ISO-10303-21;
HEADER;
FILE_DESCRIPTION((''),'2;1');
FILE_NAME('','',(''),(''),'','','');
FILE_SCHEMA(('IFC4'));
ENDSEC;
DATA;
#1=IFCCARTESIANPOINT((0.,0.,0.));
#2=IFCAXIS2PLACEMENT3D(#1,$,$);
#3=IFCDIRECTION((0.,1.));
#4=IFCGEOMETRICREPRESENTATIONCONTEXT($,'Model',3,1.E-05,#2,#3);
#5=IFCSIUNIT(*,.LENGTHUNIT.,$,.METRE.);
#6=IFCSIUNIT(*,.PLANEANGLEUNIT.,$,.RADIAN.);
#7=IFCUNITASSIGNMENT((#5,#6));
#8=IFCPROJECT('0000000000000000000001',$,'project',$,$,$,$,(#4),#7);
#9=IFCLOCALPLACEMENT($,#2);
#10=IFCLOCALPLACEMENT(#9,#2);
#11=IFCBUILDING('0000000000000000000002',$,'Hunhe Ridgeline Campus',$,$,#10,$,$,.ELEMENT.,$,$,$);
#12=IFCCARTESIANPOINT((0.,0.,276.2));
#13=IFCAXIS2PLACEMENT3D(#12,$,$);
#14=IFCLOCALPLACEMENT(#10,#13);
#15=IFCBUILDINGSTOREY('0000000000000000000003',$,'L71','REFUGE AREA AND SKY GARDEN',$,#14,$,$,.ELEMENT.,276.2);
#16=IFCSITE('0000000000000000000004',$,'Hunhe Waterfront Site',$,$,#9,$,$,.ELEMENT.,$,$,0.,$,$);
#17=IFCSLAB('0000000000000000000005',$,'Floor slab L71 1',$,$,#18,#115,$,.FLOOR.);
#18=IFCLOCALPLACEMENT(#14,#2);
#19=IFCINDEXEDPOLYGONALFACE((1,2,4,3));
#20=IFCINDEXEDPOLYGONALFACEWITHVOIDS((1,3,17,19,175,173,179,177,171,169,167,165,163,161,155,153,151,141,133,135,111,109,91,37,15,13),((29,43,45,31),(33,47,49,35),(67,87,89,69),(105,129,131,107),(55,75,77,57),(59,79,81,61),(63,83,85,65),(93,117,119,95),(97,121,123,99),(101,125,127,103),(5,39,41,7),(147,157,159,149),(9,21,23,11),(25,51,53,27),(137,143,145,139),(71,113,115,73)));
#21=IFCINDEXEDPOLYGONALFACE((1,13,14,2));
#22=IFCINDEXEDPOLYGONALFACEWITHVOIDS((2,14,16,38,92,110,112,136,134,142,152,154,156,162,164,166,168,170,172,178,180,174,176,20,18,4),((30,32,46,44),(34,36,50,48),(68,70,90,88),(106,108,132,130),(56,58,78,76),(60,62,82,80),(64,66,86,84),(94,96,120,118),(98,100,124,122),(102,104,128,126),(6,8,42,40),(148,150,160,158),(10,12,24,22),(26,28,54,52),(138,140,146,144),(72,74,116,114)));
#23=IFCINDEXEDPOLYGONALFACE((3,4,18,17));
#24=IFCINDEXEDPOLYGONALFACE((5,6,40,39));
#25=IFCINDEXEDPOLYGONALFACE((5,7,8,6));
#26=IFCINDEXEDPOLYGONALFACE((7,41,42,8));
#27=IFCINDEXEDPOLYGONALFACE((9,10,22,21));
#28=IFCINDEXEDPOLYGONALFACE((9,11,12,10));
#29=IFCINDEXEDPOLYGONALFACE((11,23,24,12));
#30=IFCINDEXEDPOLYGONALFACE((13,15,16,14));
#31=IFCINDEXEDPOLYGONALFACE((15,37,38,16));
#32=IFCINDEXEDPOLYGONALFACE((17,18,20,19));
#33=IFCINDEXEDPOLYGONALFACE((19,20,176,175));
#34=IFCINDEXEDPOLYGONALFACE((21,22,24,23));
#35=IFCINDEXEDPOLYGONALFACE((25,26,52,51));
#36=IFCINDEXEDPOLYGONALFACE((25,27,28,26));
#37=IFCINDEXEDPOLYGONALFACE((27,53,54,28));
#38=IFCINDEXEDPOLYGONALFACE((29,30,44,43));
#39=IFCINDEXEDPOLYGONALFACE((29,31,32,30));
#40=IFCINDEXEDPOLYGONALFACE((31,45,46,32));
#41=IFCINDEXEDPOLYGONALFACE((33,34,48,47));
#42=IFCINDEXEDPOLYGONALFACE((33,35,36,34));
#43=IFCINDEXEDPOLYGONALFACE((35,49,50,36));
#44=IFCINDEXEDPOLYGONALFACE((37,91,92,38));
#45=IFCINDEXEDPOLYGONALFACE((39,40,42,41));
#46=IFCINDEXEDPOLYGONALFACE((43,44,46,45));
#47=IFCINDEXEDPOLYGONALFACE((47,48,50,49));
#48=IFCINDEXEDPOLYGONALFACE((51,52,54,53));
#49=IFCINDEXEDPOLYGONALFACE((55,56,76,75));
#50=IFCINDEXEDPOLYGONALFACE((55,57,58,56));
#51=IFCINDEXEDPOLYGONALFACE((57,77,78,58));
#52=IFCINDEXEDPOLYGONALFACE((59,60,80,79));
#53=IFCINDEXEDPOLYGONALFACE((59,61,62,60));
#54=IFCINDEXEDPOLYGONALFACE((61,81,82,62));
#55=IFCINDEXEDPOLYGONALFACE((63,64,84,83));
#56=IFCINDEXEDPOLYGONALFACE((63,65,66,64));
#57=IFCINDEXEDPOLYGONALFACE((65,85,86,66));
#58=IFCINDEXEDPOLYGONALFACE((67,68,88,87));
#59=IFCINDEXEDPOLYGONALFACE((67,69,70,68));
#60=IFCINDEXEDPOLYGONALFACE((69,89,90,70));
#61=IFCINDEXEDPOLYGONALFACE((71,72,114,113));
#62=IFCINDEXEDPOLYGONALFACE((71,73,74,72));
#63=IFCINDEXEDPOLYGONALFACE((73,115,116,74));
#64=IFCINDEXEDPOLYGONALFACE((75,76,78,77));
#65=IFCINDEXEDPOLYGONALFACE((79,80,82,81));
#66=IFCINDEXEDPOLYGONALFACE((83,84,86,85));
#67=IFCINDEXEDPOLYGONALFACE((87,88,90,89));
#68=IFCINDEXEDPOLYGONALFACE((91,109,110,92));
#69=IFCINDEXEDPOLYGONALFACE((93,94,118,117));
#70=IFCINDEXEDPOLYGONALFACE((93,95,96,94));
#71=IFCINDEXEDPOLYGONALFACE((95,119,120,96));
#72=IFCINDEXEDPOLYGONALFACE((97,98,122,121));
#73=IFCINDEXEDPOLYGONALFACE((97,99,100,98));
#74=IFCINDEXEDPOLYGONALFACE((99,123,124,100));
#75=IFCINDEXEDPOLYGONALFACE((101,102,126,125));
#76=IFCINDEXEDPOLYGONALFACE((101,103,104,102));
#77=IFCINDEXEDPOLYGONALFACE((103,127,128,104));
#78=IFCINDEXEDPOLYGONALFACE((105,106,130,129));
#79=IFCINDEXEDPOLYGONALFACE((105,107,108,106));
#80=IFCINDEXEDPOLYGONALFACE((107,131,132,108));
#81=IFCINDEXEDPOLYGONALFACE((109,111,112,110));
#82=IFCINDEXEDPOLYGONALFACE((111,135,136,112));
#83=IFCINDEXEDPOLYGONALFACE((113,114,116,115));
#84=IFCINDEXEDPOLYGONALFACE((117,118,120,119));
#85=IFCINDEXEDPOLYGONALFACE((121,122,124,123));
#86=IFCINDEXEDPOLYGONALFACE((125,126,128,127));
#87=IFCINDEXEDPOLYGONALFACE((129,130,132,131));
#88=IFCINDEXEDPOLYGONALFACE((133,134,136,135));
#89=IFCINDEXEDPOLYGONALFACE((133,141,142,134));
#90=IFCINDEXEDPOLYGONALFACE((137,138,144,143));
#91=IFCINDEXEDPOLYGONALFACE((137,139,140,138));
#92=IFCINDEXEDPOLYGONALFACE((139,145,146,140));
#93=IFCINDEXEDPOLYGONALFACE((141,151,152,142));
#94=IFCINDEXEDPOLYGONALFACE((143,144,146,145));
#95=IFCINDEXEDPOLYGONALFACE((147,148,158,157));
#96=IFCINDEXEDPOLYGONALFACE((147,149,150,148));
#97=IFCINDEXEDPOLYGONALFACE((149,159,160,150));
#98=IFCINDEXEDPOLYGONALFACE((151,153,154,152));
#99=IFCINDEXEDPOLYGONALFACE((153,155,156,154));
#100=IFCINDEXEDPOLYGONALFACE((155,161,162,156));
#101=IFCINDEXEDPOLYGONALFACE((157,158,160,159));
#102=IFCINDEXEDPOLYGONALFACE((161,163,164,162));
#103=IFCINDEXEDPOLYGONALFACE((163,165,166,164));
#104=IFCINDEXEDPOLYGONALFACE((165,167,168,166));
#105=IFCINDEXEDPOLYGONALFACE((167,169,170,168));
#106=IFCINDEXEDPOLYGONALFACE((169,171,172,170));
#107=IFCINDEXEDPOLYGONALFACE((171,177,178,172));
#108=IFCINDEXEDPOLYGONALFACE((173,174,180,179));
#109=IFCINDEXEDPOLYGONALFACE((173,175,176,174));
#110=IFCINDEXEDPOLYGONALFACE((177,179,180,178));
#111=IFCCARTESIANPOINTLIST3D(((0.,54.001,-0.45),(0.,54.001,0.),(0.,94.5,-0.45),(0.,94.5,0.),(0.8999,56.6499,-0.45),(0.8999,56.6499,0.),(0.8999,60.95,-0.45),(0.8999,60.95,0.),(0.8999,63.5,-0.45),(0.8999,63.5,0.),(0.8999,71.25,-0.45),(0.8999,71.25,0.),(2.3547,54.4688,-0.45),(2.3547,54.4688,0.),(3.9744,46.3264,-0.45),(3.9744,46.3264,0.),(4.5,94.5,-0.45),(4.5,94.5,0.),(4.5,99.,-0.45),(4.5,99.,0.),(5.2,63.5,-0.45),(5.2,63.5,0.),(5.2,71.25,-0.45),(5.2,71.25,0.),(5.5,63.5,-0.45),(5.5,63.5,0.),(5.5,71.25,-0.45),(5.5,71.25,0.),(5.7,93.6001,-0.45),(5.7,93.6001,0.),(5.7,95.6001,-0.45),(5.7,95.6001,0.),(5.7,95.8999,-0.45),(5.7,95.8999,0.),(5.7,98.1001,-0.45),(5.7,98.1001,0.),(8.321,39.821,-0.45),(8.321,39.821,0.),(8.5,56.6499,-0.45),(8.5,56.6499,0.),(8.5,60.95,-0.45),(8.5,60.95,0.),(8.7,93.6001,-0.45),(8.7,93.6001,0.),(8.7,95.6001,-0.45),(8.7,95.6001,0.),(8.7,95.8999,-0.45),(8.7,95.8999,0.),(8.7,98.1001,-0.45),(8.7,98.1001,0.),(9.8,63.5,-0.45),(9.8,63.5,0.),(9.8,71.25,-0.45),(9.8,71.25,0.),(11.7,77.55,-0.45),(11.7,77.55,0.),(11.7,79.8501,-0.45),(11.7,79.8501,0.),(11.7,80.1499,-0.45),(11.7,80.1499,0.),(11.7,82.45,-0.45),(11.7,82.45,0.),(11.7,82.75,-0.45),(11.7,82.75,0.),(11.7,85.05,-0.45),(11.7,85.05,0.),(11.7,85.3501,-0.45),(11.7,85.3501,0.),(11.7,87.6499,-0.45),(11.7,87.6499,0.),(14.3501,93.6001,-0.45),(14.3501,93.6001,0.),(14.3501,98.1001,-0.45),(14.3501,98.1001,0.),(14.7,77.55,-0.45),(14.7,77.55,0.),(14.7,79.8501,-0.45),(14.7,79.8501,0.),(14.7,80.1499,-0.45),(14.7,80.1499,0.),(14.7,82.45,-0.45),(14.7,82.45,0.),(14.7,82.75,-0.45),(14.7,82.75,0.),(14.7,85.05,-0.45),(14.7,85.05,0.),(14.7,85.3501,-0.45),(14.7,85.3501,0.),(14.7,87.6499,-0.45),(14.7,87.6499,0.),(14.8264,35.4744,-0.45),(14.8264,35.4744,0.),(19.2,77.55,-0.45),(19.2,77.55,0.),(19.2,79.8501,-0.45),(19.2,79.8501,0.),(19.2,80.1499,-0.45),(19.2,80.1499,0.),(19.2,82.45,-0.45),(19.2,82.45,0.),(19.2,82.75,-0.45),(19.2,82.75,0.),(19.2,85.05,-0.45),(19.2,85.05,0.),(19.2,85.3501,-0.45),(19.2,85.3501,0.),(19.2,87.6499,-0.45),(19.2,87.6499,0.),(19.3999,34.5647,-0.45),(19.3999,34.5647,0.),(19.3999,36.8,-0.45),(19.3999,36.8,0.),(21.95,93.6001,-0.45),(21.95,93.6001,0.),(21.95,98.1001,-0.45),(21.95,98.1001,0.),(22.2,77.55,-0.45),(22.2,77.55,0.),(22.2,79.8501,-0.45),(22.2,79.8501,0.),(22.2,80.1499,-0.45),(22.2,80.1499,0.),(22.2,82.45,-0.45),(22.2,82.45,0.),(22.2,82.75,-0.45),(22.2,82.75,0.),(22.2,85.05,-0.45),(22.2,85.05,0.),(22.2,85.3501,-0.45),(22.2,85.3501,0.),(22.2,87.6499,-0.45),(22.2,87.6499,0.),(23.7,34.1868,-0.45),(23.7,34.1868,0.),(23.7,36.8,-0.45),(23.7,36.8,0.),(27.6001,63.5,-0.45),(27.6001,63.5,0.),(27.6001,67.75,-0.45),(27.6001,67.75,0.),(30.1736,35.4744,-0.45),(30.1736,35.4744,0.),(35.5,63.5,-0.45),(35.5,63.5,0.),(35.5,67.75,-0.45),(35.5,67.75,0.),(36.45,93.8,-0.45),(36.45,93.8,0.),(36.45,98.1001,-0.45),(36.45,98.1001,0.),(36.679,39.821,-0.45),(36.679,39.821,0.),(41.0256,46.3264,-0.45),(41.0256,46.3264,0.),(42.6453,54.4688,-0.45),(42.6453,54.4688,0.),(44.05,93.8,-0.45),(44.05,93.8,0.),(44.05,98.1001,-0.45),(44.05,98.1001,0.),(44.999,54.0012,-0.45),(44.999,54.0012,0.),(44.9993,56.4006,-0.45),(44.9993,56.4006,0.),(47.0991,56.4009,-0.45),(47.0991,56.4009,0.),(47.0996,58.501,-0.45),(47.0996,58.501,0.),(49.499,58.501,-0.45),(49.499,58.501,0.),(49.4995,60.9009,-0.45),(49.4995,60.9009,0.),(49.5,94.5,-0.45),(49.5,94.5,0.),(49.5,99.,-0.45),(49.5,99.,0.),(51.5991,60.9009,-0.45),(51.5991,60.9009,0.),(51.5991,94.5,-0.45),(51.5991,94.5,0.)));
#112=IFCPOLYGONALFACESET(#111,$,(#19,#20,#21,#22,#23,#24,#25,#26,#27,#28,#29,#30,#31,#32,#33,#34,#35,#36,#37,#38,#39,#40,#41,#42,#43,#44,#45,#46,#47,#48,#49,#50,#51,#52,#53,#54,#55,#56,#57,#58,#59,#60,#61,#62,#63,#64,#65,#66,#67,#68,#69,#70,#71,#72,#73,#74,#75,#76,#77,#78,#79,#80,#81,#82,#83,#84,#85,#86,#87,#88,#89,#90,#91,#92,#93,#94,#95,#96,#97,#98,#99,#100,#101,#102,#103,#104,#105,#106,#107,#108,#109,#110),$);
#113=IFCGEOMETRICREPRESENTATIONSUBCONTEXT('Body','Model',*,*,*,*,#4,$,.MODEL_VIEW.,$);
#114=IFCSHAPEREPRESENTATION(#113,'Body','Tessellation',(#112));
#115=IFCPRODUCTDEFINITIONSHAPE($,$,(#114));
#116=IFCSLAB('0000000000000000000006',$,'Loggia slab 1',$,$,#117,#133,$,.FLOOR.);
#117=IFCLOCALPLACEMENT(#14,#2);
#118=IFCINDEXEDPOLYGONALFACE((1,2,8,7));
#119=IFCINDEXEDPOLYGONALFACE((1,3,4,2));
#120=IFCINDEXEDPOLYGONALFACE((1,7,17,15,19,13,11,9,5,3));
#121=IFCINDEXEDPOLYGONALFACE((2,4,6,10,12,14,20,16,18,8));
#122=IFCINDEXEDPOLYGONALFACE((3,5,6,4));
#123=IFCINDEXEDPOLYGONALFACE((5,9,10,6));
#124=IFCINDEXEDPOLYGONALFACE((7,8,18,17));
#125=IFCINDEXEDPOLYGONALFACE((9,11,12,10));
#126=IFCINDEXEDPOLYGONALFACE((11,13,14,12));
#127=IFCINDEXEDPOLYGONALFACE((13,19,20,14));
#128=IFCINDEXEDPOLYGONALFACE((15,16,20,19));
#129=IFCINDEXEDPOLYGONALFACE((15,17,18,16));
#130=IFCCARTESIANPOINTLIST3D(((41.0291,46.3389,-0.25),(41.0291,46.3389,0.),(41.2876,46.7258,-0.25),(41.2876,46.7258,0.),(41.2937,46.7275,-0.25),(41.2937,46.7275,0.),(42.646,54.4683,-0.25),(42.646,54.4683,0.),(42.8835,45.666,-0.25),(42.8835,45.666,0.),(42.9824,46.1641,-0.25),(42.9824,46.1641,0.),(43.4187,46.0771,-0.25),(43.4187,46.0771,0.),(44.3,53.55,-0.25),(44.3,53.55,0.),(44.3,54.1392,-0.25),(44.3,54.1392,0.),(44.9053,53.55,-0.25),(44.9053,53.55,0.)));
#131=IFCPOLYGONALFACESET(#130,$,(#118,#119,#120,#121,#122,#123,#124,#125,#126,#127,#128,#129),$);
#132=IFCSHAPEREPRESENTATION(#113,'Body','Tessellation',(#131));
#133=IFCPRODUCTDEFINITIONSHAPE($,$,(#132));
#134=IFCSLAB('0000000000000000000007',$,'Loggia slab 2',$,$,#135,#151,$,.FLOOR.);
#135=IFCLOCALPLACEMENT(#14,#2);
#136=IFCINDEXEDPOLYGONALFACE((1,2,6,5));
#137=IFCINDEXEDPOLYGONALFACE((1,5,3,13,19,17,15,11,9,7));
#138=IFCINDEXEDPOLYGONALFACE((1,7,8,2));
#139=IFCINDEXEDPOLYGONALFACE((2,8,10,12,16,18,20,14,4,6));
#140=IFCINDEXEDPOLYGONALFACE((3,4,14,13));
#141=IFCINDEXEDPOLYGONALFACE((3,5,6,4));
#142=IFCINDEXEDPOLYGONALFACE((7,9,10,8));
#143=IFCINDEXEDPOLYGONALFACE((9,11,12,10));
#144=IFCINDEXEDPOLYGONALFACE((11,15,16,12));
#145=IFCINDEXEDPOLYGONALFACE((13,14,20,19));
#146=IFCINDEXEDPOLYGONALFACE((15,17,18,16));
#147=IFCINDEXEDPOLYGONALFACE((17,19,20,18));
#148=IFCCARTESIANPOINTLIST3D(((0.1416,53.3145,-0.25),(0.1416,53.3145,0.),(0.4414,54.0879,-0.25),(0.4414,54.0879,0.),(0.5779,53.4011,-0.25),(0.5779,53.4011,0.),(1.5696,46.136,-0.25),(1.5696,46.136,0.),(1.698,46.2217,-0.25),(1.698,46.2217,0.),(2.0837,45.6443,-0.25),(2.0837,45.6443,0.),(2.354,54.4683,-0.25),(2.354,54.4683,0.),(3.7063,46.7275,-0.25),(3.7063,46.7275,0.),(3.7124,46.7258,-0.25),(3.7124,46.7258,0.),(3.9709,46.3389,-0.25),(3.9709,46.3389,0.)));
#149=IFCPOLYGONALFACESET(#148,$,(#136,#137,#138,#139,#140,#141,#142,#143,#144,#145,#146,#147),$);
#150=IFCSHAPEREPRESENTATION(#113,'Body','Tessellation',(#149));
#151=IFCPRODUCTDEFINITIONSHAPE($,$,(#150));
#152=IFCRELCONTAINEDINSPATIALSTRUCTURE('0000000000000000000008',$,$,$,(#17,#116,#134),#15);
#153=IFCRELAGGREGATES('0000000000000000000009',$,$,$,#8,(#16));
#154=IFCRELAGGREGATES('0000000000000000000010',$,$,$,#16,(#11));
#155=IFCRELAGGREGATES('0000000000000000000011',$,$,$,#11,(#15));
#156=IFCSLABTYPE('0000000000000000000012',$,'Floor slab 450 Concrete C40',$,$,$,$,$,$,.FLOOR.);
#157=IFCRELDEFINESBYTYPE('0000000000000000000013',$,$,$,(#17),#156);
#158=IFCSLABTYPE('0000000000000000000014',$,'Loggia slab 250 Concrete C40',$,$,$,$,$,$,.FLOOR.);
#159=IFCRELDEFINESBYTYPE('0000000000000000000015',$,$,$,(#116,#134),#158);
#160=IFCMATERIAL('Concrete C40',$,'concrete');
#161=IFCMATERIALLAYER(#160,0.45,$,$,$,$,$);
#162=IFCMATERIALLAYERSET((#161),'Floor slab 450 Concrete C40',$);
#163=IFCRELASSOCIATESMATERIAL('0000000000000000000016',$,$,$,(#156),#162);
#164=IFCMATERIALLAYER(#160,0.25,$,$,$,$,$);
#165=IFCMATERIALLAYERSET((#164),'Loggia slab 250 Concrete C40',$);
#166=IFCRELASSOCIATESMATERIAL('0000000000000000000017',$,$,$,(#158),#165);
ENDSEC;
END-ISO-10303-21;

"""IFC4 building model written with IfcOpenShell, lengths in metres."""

from ifc_helpers import new_model, si_unit, direction, frame, origin, place, context, subcontext, project, spatial, polyline, outline, extrude, material, layer, layer_set, type_object, element, save


model = new_model("IFC4")

# Units and contexts
model_context = context("Model", 3, precision=1e-05, world=origin(), true_north=direction((0.0, 1.0)))
body_context = subcontext(model_context, "Body", "Model", "MODEL_VIEW")
ifc_project = project(units=[si_unit("LENGTHUNIT", "METRE"), si_unit("PLANEANGLEUNIT", "RADIAN")], contexts=[model_context])

# Site, building, storey
site_placement = place(None, origin())
site = spatial("IfcSite", under=ifc_project, at=site_placement, Name="Hunhe Waterfront Site", CompositionType="ELEMENT", RefElevation=0.0)
building_placement = place(site_placement, origin())
building = spatial("IfcBuilding", under=site, at=building_placement, Name="Hunhe Ridgeline Campus", CompositionType="ELEMENT")
storey_placement = place(building_placement, frame((0.0, 0.0, 276.2)))
storey = spatial("IfcBuildingStorey", under=building, at=storey_placement, Name="L71", Description="REFUGE AREA AND SKY GARDEN", CompositionType="ELEMENT", Elevation=276.2)

# Slabs
ifc_material_1 = material(Name="Concrete C40", Category="concrete")
ifc_layer_1 = layer(ifc_material_1, 0.45)
ifc_layer_set_1 = layer_set([ifc_layer_1], Name="Floor slab 450 Concrete C40")
slab_type_1 = type_object("IfcSlabType", Name="Floor slab 450 Concrete C40", PredefinedType="FLOOR", material=ifc_layer_set_1)
slab_1_placement = place(storey_placement, frame((0.0, 0.0, -0.45)))
element("IfcSlab", 1, at=slab_1_placement, inside=storey, type_object=slab_type_1, Name="Floor slab L71 1", PredefinedType="FLOOR", context=body_context, shape_type="SweptSolid", body=[
    extrude(outline(polyline([(30.1736, 35.4744), (36.679, 39.821), (41.0256, 46.3264), (42.6453, 54.4688), (44.999, 54.0012), (44.9993, 56.4006), (47.0991, 56.4009), (47.0996, 58.501), (49.499, 58.501), (49.4995, 60.9009), (51.5991, 60.9009), (51.5991, 94.5), (49.5, 94.5), (49.5, 99.0), (4.5, 99.0), (4.5, 94.5), (0.0, 94.5), (0.0, 54.001), (2.3547, 54.4688), (3.9744, 46.3264), (8.321, 39.821), (14.8264, 35.4744), (19.3999, 34.5647), (19.3999, 36.8), (23.7, 36.8), (23.7, 34.1868), (30.1736, 35.4744)]), holes=[polyline([(36.45, 98.1001), (36.45, 93.8), (44.05, 93.8), (44.05, 98.1001), (36.45, 98.1001)]), polyline([(27.6001, 63.5), (35.5, 63.5), (35.5, 67.75), (27.6001, 67.75), (27.6001, 63.5)]), polyline([(22.2, 87.6499), (19.2, 87.6499), (19.2, 85.3501), (22.2, 85.3501), (22.2, 87.6499)]), polyline([(22.2, 77.55), (22.2, 79.8501), (19.2, 79.8501), (19.2, 77.55), (22.2, 77.55)]), polyline([(19.2, 85.05), (19.2, 82.75), (22.2, 82.75), (22.2, 85.05), (19.2, 85.05)]), polyline([(19.2, 80.1499), (22.2, 80.1499), (22.2, 82.45), (19.2, 82.45), (19.2, 80.1499)]), polyline([(14.3501, 98.1001), (14.3501, 93.6001), (21.95, 93.6001), (21.95, 98.1001), (14.3501, 98.1001)]), polyline([(14.7, 77.55), (14.7, 79.8501), (11.7, 79.8501), (11.7, 77.55), (14.7, 77.55)]), polyline([(14.7, 87.6499), (11.7, 87.6499), (11.7, 85.3501), (14.7, 85.3501), (14.7, 87.6499)]), polyline([(11.7, 85.05), (11.7, 82.75), (14.7, 82.75), (14.7, 85.05), (11.7, 85.05)]), polyline([(11.7, 80.1499), (14.7, 80.1499), (14.7, 82.45), (11.7, 82.45), (11.7, 80.1499)]), polyline([(9.8, 63.5), (9.8, 71.25), (5.5, 71.25), (5.5, 63.5), (9.8, 63.5)]), polyline([(8.7, 93.6001), (8.7, 95.6001), (5.7, 95.6001), (5.7, 93.6001), (8.7, 93.6001)]), polyline([(5.7, 95.8999), (8.7, 95.8999), (8.7, 98.1001), (5.7, 98.1001), (5.7, 95.8999)]), polyline([(0.8999, 60.95), (0.8999, 56.6499), (8.5, 56.6499), (8.5, 60.95), (0.8999, 60.95)]), polyline([(5.2, 71.25), (0.8999, 71.25), (0.8999, 63.5), (5.2, 63.5), (5.2, 71.25)])]), origin(), (0.0, 0.0, 1.0), 0.45),
])
ifc_layer_2 = layer(ifc_material_1, 0.25)
ifc_layer_set_2 = layer_set([ifc_layer_2], Name="Loggia slab 250 Concrete C40")
slab_type_2 = type_object("IfcSlabType", Name="Loggia slab 250 Concrete C40", PredefinedType="FLOOR", material=ifc_layer_set_2)
slab_2_placement = place(storey_placement, frame((0.0, 0.0, -0.25)))
element("IfcSlab", 2, at=slab_2_placement, inside=storey, type_object=slab_type_2, Name="Loggia slab 1", PredefinedType="FLOOR", context=body_context, shape_type="SweptSolid", body=[
    extrude(outline(polyline([(41.0291, 46.3389), (41.2876, 46.7258), (41.2937, 46.7275), (42.8835, 45.666), (42.9824, 46.1641), (43.4187, 46.0771), (44.9053, 53.55), (44.3, 53.55), (44.3, 54.1392), (42.646, 54.4683), (41.0291, 46.3389)])), origin(), (0.0, 0.0, 1.0), 0.25),
])
slab_3_placement = place(storey_placement, frame((0.0, 0.0, -0.25)))
element("IfcSlab", 3, at=slab_3_placement, inside=storey, type_object=slab_type_2, Name="Loggia slab 2", PredefinedType="FLOOR", context=body_context, shape_type="SweptSolid", body=[
    extrude(outline(polyline([(2.0837, 45.6443), (3.7063, 46.7275), (3.7124, 46.7258), (3.9709, 46.3389), (2.354, 54.4683), (0.4414, 54.0879), (0.5779, 53.4011), (0.1416, 53.3145), (1.5696, 46.136), (1.698, 46.2217), (2.0837, 45.6443)])), origin(), (0.0, 0.0, 1.0), 0.25),
])

save(model, "model.ifc")
